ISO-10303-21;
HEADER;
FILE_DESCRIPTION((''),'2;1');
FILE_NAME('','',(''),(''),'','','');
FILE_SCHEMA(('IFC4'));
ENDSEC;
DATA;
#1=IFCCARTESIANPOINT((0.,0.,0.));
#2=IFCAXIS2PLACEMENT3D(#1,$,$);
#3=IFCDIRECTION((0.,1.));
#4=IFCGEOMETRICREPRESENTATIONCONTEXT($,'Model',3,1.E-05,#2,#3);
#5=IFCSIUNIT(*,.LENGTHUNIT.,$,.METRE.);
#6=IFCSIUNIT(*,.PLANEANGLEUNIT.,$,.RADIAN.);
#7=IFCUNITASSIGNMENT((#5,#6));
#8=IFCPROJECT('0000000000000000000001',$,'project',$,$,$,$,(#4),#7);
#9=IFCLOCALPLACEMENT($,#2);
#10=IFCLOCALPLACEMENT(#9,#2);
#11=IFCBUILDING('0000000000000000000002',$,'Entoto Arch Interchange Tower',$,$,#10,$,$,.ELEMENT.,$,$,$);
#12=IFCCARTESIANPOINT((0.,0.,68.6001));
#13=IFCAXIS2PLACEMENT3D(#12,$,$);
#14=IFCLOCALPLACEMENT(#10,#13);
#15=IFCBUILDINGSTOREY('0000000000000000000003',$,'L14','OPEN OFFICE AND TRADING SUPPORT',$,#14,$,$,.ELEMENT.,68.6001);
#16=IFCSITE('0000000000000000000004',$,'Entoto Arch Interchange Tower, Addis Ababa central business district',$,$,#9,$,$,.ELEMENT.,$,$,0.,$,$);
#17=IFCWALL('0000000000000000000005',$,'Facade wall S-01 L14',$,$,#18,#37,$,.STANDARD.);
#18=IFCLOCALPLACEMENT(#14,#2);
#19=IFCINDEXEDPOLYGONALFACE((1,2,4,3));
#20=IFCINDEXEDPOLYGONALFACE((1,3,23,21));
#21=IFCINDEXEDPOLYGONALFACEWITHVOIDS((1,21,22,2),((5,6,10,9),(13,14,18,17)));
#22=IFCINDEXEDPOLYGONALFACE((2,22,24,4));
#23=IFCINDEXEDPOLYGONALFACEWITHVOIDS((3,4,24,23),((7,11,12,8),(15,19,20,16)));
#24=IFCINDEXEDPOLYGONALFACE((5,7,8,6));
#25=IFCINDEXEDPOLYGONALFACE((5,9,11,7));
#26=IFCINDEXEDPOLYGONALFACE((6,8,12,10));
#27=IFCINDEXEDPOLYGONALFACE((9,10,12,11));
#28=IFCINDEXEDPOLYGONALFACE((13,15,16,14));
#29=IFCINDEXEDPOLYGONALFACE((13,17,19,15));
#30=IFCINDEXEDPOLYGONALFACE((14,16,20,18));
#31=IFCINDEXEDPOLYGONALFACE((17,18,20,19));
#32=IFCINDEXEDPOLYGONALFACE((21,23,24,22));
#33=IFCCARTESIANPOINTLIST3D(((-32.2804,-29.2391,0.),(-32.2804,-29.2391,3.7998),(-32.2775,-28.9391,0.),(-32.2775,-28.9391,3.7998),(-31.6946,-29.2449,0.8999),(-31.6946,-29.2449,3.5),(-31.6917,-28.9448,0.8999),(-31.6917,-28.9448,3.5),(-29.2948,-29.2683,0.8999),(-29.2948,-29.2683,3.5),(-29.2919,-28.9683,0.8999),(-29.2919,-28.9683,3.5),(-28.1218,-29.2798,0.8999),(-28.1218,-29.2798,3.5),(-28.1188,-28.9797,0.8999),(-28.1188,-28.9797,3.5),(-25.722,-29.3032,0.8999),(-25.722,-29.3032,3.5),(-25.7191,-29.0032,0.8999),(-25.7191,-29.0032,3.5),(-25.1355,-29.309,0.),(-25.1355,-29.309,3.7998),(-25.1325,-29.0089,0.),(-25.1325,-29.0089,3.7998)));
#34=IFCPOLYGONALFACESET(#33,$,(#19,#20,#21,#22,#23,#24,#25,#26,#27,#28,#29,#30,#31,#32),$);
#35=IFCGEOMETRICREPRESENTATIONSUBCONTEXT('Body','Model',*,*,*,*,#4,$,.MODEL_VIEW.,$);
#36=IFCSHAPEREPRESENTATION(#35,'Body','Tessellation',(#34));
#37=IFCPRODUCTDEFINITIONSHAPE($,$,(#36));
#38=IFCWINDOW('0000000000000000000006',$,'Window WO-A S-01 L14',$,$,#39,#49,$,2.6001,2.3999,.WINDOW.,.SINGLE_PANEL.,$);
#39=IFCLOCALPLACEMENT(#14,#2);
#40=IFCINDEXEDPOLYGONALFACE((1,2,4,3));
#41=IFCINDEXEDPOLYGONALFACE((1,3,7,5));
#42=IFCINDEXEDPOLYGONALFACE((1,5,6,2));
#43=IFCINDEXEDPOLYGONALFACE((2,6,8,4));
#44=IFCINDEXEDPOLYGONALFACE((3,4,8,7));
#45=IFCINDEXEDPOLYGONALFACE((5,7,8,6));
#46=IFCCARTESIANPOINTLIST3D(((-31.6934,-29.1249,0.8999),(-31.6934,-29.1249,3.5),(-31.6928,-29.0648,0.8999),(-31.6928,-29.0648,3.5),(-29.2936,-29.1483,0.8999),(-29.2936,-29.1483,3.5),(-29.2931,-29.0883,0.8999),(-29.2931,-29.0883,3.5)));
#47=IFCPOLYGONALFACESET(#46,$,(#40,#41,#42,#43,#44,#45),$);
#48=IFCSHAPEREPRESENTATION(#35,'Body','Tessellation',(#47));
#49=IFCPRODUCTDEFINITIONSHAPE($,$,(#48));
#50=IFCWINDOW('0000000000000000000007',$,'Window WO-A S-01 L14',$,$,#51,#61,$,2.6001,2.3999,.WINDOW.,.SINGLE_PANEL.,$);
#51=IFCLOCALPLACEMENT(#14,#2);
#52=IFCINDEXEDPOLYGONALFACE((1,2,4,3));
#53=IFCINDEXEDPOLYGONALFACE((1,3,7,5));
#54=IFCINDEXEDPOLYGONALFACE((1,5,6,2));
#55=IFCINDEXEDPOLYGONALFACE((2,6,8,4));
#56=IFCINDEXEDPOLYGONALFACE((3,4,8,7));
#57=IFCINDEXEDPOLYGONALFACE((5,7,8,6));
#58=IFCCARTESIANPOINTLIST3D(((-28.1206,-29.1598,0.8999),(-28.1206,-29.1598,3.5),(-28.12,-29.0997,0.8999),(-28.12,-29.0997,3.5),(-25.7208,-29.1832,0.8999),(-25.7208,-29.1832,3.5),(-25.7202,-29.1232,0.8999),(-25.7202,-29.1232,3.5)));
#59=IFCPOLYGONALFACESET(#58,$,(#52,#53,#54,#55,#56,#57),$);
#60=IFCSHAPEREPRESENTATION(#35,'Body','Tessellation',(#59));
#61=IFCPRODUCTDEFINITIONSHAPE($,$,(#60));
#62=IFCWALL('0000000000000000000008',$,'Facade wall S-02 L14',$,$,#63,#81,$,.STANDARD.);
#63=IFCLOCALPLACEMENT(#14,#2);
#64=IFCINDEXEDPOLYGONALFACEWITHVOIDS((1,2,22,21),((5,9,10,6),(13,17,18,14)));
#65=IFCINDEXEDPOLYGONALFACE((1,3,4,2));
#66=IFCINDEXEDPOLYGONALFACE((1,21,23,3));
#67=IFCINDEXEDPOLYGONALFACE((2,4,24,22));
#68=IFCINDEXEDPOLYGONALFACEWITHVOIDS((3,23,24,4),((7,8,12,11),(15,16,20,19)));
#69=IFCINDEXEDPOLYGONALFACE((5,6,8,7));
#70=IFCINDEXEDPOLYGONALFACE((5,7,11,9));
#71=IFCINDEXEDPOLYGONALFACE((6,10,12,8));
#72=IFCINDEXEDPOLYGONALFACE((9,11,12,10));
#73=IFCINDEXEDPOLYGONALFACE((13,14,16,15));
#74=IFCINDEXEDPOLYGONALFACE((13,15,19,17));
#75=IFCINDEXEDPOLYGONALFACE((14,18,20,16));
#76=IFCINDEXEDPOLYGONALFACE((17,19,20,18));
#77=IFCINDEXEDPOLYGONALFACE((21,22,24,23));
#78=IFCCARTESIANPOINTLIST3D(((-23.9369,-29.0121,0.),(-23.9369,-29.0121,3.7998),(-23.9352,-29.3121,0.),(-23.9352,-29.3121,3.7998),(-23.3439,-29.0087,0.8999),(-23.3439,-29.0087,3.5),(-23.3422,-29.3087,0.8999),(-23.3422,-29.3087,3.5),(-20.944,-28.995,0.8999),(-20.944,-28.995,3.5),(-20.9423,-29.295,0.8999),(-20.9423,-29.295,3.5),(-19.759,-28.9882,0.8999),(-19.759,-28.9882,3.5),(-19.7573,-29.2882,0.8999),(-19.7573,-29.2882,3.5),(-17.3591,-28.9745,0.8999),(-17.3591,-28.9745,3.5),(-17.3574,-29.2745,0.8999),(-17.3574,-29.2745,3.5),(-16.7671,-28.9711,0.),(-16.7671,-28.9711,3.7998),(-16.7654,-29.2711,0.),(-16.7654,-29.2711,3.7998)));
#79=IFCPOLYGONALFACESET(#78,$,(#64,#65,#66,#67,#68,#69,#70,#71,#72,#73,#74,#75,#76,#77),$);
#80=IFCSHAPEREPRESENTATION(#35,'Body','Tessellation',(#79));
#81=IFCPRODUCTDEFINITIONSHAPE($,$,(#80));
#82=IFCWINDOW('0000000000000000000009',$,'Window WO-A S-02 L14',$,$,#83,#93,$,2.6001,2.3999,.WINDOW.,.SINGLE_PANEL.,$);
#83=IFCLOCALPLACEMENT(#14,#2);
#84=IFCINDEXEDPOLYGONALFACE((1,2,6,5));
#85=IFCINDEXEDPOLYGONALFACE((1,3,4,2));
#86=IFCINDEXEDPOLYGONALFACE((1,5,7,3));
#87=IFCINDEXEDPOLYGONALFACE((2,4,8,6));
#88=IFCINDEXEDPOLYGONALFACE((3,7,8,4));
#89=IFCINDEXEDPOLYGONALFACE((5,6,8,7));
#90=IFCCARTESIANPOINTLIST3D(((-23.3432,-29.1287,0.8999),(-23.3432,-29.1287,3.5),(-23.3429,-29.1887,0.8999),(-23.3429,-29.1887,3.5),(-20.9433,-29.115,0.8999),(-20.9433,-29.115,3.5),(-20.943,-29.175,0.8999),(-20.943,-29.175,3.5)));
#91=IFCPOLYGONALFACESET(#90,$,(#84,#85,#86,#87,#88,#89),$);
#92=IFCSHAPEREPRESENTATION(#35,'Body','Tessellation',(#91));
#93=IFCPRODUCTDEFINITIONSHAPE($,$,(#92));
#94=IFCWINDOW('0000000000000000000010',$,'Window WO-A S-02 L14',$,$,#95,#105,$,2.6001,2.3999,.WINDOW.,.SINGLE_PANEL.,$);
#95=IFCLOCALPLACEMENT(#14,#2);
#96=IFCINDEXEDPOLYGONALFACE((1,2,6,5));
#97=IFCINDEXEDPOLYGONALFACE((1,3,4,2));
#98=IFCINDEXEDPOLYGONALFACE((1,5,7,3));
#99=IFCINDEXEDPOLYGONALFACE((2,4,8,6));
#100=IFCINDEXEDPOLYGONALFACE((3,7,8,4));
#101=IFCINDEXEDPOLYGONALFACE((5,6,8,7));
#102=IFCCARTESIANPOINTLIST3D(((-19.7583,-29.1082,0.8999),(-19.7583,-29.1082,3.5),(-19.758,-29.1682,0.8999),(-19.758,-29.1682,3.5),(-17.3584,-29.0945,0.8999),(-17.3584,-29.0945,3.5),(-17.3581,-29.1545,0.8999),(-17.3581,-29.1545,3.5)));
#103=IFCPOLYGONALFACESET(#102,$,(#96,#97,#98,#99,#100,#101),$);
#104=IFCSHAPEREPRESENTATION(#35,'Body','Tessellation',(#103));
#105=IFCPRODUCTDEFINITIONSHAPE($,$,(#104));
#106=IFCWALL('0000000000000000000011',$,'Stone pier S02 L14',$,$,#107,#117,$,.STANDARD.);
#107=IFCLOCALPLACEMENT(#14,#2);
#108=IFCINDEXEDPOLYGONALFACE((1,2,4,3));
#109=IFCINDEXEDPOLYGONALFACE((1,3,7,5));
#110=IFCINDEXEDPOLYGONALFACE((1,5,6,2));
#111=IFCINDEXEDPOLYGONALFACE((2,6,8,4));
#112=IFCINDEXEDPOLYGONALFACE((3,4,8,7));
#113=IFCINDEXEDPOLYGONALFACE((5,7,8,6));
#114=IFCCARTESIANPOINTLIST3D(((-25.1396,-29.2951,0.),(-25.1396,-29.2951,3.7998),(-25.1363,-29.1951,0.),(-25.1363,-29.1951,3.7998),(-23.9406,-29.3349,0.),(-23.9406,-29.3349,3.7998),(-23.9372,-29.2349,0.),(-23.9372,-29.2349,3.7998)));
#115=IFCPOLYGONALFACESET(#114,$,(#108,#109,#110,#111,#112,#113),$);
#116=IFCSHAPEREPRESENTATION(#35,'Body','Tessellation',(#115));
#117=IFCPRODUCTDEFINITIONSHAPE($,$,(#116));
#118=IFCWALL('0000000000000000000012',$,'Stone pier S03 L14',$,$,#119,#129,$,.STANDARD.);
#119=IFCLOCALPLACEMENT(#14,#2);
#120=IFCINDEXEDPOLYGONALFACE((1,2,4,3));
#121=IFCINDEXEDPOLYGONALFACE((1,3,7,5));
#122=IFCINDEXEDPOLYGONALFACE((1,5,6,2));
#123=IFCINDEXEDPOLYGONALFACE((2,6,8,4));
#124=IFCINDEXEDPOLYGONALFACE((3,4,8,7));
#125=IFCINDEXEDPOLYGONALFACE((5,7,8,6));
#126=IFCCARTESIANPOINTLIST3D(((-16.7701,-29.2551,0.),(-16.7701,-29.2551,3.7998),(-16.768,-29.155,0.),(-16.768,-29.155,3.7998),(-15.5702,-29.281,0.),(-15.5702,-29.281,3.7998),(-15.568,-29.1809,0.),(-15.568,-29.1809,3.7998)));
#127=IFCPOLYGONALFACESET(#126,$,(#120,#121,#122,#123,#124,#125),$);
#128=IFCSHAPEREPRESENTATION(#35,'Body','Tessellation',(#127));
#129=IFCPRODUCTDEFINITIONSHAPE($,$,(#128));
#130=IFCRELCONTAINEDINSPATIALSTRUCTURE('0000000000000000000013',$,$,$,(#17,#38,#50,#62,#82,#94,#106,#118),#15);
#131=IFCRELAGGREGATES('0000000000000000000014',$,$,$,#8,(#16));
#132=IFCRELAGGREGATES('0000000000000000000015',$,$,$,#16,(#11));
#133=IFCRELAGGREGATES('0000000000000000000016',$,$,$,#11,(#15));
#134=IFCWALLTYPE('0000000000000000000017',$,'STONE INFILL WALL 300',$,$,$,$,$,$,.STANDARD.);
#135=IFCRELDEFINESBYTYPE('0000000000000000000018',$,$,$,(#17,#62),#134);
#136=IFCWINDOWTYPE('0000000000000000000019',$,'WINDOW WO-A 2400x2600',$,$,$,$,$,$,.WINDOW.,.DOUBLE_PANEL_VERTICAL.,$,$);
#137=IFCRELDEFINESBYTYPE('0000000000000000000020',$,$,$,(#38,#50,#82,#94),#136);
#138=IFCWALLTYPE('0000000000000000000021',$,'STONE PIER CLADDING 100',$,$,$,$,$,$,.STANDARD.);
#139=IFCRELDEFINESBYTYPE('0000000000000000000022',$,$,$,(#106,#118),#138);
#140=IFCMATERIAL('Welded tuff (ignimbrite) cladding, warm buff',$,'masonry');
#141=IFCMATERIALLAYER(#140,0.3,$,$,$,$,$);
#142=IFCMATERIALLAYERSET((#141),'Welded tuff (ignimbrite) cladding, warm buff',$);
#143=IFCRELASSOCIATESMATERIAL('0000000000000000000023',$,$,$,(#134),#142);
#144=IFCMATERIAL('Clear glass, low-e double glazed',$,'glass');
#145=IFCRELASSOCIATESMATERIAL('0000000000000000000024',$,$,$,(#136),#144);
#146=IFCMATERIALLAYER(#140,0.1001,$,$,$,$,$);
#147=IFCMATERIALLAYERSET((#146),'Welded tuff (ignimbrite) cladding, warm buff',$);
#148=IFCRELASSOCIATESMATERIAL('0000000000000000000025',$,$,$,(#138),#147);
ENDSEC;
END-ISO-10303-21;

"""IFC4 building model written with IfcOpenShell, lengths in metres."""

from ifc_helpers import new_model, si_unit, direction, frame, frame_2d, origin, place, context, subcontext, project, spatial, rectangle, extrude, material, layer, layer_set, type_object, element, fill, save


model = new_model("IFC4")

# Units and contexts
model_context = context("Model", 3, precision=1e-05, world=origin(), true_north=direction((0.0, 1.0)))
body_context = subcontext(model_context, "Body", "Model", "MODEL_VIEW")
ifc_project = project(units=[si_unit("LENGTHUNIT", "METRE"), si_unit("PLANEANGLEUNIT", "RADIAN")], contexts=[model_context])

# Site, building, storey
site_placement = place(None, origin())
site = spatial("IfcSite", under=ifc_project, at=site_placement, Name="Entoto Arch Interchange Tower, Addis Ababa central business district", CompositionType="ELEMENT", RefElevation=0.0)
building_placement = place(site_placement, origin())
building = spatial("IfcBuilding", under=site, at=building_placement, Name="Entoto Arch Interchange Tower", CompositionType="ELEMENT")
storey_placement = place(building_placement, frame((0.0, 0.0, 68.6001)))
storey = spatial("IfcBuildingStorey", under=building, at=storey_placement, Name="L14", Description="OPEN OFFICE AND TRADING SUPPORT", CompositionType="ELEMENT", Elevation=68.6001)

# Walls, openings, windows
ifc_material_1 = material(Name="Welded tuff (ignimbrite) cladding, warm buff", Category="masonry")
ifc_layer_1 = layer(ifc_material_1, 0.3)
ifc_layer_set_1 = layer_set([ifc_layer_1], Name="Welded tuff (ignimbrite) cladding, warm buff")
wall_type_1 = type_object("IfcWallType", Name="STONE INFILL WALL 300", PredefinedType="STANDARD", material=ifc_layer_set_1)
wall_1_placement = place(storey_placement, frame((-32.2791, -29.0891, 0.0), z_axis=(0.0, 0.0, 1.0), x_axis=(0.999952, -0.009772, 0.0)))
wall_1 = element("IfcWall", 1, at=wall_1_placement, inside=storey, type_object=wall_type_1, Name="Facade wall S-01 L14", PredefinedType="STANDARD", context=body_context, shape_type="SweptSolid", body=[
    extrude(rectangle(XDim=7.1453, YDim=0.3, at=frame_2d((3.5728, 0.0))), origin(), (0.0, 0.0, 1.0), 3.7998),
])
opening_1_placement = place(wall_1_placement, frame((0.5859, 0.0, 0.8999)))
opening_1 = element("IfcOpeningElement", 2, at=opening_1_placement, cuts=wall_1, PredefinedType="OPENING", context=body_context, shape_type="SweptSolid", body=[
    extrude(rectangle(XDim=2.3999, YDim=2.6001, at=frame_2d((1.2, 1.3))), frame((0.0, 0.1602, 0.0), z_axis=(0.0, -1.0, 0.0), x_axis=(1.0, 0.0, 0.0)), (0.0, 0.0, 1.0), 0.3201),
])
opening_2_placement = place(wall_1_placement, frame((4.1589, 0.0, 0.8999)))
opening_2 = element("IfcOpeningElement", 3, at=opening_2_placement, cuts=wall_1, PredefinedType="OPENING", context=body_context, shape_type="SweptSolid", body=[
    extrude(rectangle(XDim=2.3999, YDim=2.6001, at=frame_2d((1.2, 1.3))), frame((0.0, 0.1602, 0.0), z_axis=(0.0, -1.0, 0.0), x_axis=(1.0, 0.0, 0.0)), (0.0, 0.0, 1.0), 0.3201),
])
ifc_material_2 = material(Name="Clear glass, low-e double glazed", Category="glass")
window_type = type_object("IfcWindowType", Name="WINDOW WO-A 2400x2600", PartitioningType="DOUBLE_PANEL_VERTICAL", PredefinedType="WINDOW", material=ifc_material_2)
window_1_placement = place(opening_1_placement, origin())
window_1 = element("IfcWindow", 4, at=window_1_placement, inside=storey, type_object=window_type, Name="Window WO-A S-01 L14", OverallHeight=2.6001, OverallWidth=2.3999, PartitioningType="SINGLE_PANEL", PredefinedType="WINDOW", context=body_context, shape_type="SweptSolid", body=[
    extrude(rectangle(XDim=2.3999, YDim=2.6001, at=frame_2d((1.2, 1.3))), frame((0.0, 0.03, 0.0), z_axis=(0.0, -1.0, 0.0), x_axis=(1.0, 0.0, 0.0)), (0.0, 0.0, 1.0), 0.0601),
])
fill(opening_1, window_1)
window_2_placement = place(opening_2_placement, origin())
window_2 = element("IfcWindow", 5, at=window_2_placement, inside=storey, type_object=window_type, Name="Window WO-A S-01 L14", OverallHeight=2.6001, OverallWidth=2.3999, PartitioningType="SINGLE_PANEL", PredefinedType="WINDOW", context=body_context, shape_type="SweptSolid", body=[
    extrude(rectangle(XDim=2.3999, YDim=2.6001, at=frame_2d((1.2, 1.3))), frame((0.0, 0.03, 0.0), z_axis=(0.0, -1.0, 0.0), x_axis=(1.0, 0.0, 0.0)), (0.0, 0.0, 1.0), 0.0601),
])
fill(opening_2, window_2)
wall_2_placement = place(storey_placement, frame((-23.936, -29.1621, 0.0), z_axis=(0.0, 0.0, 1.0), x_axis=(0.999984, 0.00572, 0.0)))
wall_2 = element("IfcWall", 6, at=wall_2_placement, inside=storey, type_object=wall_type_1, Name="Facade wall S-02 L14", PredefinedType="STANDARD", context=body_context, shape_type="SweptSolid", body=[
    extrude(rectangle(XDim=7.1699, YDim=0.3, at=frame_2d((3.585, 0.0))), origin(), (0.0, 0.0, 1.0), 3.7998),
])
opening_3_placement = place(wall_2_placement, frame((0.593, 0.0, 0.8999)))
opening_3 = element("IfcOpeningElement", 7, at=opening_3_placement, cuts=wall_2, PredefinedType="OPENING", context=body_context, shape_type="SweptSolid", body=[
    extrude(rectangle(XDim=2.3999, YDim=2.6001, at=frame_2d((1.2, 1.3))), frame((0.0, 0.1602, 0.0), z_axis=(0.0, -1.0, 0.0), x_axis=(1.0, 0.0, 0.0)), (0.0, 0.0, 1.0), 0.3201),
])
opening_4_placement = place(wall_2_placement, frame((4.178, 0.0, 0.8999)))
opening_4 = element("IfcOpeningElement", 8, at=opening_4_placement, cuts=wall_2, PredefinedType="OPENING", context=body_context, shape_type="SweptSolid", body=[
    extrude(rectangle(XDim=2.3999, YDim=2.6001, at=frame_2d((1.2, 1.3))), frame((0.0, 0.1602, 0.0), z_axis=(0.0, -1.0, 0.0), x_axis=(1.0, 0.0, 0.0)), (0.0, 0.0, 1.0), 0.3201),
])
window_3_placement = place(opening_3_placement, origin())
window_3 = element("IfcWindow", 9, at=window_3_placement, inside=storey, type_object=window_type, Name="Window WO-A S-02 L14", OverallHeight=2.6001, OverallWidth=2.3999, PartitioningType="SINGLE_PANEL", PredefinedType="WINDOW", context=body_context, shape_type="SweptSolid", body=[
    extrude(rectangle(XDim=2.3999, YDim=2.6001, at=frame_2d((1.2, 1.3))), frame((0.0, 0.03, 0.0), z_axis=(0.0, -1.0, 0.0), x_axis=(1.0, 0.0, 0.0)), (0.0, 0.0, 1.0), 0.0601),
])
fill(opening_3, window_3)
window_4_placement = place(opening_4_placement, origin())
window_4 = element("IfcWindow", 10, at=window_4_placement, inside=storey, type_object=window_type, Name="Window WO-A S-02 L14", OverallHeight=2.6001, OverallWidth=2.3999, PartitioningType="SINGLE_PANEL", PredefinedType="WINDOW", context=body_context, shape_type="SweptSolid", body=[
    extrude(rectangle(XDim=2.3999, YDim=2.6001, at=frame_2d((1.2, 1.3))), frame((0.0, 0.03, 0.0), z_axis=(0.0, -1.0, 0.0), x_axis=(1.0, 0.0, 0.0)), (0.0, 0.0, 1.0), 0.0601),
])
fill(opening_4, window_4)

# Walls
ifc_layer_2 = layer(ifc_material_1, 0.1001)
ifc_layer_set_2 = layer_set([ifc_layer_2], Name="Welded tuff (ignimbrite) cladding, warm buff")
wall_type_2 = type_object("IfcWallType", Name="STONE PIER CLADDING 100", PredefinedType="STANDARD", material=ifc_layer_set_2)
wall_3_placement = place(storey_placement, frame((-25.1379, -29.2451, 0.0), z_axis=(0.0, 0.0, 1.0), x_axis=(0.99945, -0.033173, 0.0)))
element("IfcWall", 11, at=wall_3_placement, inside=storey, type_object=wall_type_2, Name="Stone pier S02 L14", PredefinedType="STANDARD", context=body_context, shape_type="SweptSolid", body=[
    extrude(rectangle(XDim=1.1997, YDim=0.1001, at=frame_2d((0.5999, 0.0))), origin(), (0.0, 0.0, 1.0), 3.7998),
])
wall_4_placement = place(storey_placement, frame((-16.769, -29.2051, 0.0), z_axis=(0.0, 0.0, 1.0), x_axis=(0.999768, -0.021562, 0.0)))
element("IfcWall", 12, at=wall_4_placement, inside=storey, type_object=wall_type_2, Name="Stone pier S03 L14", PredefinedType="STANDARD", context=body_context, shape_type="SweptSolid", body=[
    extrude(rectangle(XDim=1.2002, YDim=0.1001, at=frame_2d((0.6001, 0.0))), origin(), (0.0, 0.0, 1.0), 3.7998),
])

save(model, "model.ifc")
